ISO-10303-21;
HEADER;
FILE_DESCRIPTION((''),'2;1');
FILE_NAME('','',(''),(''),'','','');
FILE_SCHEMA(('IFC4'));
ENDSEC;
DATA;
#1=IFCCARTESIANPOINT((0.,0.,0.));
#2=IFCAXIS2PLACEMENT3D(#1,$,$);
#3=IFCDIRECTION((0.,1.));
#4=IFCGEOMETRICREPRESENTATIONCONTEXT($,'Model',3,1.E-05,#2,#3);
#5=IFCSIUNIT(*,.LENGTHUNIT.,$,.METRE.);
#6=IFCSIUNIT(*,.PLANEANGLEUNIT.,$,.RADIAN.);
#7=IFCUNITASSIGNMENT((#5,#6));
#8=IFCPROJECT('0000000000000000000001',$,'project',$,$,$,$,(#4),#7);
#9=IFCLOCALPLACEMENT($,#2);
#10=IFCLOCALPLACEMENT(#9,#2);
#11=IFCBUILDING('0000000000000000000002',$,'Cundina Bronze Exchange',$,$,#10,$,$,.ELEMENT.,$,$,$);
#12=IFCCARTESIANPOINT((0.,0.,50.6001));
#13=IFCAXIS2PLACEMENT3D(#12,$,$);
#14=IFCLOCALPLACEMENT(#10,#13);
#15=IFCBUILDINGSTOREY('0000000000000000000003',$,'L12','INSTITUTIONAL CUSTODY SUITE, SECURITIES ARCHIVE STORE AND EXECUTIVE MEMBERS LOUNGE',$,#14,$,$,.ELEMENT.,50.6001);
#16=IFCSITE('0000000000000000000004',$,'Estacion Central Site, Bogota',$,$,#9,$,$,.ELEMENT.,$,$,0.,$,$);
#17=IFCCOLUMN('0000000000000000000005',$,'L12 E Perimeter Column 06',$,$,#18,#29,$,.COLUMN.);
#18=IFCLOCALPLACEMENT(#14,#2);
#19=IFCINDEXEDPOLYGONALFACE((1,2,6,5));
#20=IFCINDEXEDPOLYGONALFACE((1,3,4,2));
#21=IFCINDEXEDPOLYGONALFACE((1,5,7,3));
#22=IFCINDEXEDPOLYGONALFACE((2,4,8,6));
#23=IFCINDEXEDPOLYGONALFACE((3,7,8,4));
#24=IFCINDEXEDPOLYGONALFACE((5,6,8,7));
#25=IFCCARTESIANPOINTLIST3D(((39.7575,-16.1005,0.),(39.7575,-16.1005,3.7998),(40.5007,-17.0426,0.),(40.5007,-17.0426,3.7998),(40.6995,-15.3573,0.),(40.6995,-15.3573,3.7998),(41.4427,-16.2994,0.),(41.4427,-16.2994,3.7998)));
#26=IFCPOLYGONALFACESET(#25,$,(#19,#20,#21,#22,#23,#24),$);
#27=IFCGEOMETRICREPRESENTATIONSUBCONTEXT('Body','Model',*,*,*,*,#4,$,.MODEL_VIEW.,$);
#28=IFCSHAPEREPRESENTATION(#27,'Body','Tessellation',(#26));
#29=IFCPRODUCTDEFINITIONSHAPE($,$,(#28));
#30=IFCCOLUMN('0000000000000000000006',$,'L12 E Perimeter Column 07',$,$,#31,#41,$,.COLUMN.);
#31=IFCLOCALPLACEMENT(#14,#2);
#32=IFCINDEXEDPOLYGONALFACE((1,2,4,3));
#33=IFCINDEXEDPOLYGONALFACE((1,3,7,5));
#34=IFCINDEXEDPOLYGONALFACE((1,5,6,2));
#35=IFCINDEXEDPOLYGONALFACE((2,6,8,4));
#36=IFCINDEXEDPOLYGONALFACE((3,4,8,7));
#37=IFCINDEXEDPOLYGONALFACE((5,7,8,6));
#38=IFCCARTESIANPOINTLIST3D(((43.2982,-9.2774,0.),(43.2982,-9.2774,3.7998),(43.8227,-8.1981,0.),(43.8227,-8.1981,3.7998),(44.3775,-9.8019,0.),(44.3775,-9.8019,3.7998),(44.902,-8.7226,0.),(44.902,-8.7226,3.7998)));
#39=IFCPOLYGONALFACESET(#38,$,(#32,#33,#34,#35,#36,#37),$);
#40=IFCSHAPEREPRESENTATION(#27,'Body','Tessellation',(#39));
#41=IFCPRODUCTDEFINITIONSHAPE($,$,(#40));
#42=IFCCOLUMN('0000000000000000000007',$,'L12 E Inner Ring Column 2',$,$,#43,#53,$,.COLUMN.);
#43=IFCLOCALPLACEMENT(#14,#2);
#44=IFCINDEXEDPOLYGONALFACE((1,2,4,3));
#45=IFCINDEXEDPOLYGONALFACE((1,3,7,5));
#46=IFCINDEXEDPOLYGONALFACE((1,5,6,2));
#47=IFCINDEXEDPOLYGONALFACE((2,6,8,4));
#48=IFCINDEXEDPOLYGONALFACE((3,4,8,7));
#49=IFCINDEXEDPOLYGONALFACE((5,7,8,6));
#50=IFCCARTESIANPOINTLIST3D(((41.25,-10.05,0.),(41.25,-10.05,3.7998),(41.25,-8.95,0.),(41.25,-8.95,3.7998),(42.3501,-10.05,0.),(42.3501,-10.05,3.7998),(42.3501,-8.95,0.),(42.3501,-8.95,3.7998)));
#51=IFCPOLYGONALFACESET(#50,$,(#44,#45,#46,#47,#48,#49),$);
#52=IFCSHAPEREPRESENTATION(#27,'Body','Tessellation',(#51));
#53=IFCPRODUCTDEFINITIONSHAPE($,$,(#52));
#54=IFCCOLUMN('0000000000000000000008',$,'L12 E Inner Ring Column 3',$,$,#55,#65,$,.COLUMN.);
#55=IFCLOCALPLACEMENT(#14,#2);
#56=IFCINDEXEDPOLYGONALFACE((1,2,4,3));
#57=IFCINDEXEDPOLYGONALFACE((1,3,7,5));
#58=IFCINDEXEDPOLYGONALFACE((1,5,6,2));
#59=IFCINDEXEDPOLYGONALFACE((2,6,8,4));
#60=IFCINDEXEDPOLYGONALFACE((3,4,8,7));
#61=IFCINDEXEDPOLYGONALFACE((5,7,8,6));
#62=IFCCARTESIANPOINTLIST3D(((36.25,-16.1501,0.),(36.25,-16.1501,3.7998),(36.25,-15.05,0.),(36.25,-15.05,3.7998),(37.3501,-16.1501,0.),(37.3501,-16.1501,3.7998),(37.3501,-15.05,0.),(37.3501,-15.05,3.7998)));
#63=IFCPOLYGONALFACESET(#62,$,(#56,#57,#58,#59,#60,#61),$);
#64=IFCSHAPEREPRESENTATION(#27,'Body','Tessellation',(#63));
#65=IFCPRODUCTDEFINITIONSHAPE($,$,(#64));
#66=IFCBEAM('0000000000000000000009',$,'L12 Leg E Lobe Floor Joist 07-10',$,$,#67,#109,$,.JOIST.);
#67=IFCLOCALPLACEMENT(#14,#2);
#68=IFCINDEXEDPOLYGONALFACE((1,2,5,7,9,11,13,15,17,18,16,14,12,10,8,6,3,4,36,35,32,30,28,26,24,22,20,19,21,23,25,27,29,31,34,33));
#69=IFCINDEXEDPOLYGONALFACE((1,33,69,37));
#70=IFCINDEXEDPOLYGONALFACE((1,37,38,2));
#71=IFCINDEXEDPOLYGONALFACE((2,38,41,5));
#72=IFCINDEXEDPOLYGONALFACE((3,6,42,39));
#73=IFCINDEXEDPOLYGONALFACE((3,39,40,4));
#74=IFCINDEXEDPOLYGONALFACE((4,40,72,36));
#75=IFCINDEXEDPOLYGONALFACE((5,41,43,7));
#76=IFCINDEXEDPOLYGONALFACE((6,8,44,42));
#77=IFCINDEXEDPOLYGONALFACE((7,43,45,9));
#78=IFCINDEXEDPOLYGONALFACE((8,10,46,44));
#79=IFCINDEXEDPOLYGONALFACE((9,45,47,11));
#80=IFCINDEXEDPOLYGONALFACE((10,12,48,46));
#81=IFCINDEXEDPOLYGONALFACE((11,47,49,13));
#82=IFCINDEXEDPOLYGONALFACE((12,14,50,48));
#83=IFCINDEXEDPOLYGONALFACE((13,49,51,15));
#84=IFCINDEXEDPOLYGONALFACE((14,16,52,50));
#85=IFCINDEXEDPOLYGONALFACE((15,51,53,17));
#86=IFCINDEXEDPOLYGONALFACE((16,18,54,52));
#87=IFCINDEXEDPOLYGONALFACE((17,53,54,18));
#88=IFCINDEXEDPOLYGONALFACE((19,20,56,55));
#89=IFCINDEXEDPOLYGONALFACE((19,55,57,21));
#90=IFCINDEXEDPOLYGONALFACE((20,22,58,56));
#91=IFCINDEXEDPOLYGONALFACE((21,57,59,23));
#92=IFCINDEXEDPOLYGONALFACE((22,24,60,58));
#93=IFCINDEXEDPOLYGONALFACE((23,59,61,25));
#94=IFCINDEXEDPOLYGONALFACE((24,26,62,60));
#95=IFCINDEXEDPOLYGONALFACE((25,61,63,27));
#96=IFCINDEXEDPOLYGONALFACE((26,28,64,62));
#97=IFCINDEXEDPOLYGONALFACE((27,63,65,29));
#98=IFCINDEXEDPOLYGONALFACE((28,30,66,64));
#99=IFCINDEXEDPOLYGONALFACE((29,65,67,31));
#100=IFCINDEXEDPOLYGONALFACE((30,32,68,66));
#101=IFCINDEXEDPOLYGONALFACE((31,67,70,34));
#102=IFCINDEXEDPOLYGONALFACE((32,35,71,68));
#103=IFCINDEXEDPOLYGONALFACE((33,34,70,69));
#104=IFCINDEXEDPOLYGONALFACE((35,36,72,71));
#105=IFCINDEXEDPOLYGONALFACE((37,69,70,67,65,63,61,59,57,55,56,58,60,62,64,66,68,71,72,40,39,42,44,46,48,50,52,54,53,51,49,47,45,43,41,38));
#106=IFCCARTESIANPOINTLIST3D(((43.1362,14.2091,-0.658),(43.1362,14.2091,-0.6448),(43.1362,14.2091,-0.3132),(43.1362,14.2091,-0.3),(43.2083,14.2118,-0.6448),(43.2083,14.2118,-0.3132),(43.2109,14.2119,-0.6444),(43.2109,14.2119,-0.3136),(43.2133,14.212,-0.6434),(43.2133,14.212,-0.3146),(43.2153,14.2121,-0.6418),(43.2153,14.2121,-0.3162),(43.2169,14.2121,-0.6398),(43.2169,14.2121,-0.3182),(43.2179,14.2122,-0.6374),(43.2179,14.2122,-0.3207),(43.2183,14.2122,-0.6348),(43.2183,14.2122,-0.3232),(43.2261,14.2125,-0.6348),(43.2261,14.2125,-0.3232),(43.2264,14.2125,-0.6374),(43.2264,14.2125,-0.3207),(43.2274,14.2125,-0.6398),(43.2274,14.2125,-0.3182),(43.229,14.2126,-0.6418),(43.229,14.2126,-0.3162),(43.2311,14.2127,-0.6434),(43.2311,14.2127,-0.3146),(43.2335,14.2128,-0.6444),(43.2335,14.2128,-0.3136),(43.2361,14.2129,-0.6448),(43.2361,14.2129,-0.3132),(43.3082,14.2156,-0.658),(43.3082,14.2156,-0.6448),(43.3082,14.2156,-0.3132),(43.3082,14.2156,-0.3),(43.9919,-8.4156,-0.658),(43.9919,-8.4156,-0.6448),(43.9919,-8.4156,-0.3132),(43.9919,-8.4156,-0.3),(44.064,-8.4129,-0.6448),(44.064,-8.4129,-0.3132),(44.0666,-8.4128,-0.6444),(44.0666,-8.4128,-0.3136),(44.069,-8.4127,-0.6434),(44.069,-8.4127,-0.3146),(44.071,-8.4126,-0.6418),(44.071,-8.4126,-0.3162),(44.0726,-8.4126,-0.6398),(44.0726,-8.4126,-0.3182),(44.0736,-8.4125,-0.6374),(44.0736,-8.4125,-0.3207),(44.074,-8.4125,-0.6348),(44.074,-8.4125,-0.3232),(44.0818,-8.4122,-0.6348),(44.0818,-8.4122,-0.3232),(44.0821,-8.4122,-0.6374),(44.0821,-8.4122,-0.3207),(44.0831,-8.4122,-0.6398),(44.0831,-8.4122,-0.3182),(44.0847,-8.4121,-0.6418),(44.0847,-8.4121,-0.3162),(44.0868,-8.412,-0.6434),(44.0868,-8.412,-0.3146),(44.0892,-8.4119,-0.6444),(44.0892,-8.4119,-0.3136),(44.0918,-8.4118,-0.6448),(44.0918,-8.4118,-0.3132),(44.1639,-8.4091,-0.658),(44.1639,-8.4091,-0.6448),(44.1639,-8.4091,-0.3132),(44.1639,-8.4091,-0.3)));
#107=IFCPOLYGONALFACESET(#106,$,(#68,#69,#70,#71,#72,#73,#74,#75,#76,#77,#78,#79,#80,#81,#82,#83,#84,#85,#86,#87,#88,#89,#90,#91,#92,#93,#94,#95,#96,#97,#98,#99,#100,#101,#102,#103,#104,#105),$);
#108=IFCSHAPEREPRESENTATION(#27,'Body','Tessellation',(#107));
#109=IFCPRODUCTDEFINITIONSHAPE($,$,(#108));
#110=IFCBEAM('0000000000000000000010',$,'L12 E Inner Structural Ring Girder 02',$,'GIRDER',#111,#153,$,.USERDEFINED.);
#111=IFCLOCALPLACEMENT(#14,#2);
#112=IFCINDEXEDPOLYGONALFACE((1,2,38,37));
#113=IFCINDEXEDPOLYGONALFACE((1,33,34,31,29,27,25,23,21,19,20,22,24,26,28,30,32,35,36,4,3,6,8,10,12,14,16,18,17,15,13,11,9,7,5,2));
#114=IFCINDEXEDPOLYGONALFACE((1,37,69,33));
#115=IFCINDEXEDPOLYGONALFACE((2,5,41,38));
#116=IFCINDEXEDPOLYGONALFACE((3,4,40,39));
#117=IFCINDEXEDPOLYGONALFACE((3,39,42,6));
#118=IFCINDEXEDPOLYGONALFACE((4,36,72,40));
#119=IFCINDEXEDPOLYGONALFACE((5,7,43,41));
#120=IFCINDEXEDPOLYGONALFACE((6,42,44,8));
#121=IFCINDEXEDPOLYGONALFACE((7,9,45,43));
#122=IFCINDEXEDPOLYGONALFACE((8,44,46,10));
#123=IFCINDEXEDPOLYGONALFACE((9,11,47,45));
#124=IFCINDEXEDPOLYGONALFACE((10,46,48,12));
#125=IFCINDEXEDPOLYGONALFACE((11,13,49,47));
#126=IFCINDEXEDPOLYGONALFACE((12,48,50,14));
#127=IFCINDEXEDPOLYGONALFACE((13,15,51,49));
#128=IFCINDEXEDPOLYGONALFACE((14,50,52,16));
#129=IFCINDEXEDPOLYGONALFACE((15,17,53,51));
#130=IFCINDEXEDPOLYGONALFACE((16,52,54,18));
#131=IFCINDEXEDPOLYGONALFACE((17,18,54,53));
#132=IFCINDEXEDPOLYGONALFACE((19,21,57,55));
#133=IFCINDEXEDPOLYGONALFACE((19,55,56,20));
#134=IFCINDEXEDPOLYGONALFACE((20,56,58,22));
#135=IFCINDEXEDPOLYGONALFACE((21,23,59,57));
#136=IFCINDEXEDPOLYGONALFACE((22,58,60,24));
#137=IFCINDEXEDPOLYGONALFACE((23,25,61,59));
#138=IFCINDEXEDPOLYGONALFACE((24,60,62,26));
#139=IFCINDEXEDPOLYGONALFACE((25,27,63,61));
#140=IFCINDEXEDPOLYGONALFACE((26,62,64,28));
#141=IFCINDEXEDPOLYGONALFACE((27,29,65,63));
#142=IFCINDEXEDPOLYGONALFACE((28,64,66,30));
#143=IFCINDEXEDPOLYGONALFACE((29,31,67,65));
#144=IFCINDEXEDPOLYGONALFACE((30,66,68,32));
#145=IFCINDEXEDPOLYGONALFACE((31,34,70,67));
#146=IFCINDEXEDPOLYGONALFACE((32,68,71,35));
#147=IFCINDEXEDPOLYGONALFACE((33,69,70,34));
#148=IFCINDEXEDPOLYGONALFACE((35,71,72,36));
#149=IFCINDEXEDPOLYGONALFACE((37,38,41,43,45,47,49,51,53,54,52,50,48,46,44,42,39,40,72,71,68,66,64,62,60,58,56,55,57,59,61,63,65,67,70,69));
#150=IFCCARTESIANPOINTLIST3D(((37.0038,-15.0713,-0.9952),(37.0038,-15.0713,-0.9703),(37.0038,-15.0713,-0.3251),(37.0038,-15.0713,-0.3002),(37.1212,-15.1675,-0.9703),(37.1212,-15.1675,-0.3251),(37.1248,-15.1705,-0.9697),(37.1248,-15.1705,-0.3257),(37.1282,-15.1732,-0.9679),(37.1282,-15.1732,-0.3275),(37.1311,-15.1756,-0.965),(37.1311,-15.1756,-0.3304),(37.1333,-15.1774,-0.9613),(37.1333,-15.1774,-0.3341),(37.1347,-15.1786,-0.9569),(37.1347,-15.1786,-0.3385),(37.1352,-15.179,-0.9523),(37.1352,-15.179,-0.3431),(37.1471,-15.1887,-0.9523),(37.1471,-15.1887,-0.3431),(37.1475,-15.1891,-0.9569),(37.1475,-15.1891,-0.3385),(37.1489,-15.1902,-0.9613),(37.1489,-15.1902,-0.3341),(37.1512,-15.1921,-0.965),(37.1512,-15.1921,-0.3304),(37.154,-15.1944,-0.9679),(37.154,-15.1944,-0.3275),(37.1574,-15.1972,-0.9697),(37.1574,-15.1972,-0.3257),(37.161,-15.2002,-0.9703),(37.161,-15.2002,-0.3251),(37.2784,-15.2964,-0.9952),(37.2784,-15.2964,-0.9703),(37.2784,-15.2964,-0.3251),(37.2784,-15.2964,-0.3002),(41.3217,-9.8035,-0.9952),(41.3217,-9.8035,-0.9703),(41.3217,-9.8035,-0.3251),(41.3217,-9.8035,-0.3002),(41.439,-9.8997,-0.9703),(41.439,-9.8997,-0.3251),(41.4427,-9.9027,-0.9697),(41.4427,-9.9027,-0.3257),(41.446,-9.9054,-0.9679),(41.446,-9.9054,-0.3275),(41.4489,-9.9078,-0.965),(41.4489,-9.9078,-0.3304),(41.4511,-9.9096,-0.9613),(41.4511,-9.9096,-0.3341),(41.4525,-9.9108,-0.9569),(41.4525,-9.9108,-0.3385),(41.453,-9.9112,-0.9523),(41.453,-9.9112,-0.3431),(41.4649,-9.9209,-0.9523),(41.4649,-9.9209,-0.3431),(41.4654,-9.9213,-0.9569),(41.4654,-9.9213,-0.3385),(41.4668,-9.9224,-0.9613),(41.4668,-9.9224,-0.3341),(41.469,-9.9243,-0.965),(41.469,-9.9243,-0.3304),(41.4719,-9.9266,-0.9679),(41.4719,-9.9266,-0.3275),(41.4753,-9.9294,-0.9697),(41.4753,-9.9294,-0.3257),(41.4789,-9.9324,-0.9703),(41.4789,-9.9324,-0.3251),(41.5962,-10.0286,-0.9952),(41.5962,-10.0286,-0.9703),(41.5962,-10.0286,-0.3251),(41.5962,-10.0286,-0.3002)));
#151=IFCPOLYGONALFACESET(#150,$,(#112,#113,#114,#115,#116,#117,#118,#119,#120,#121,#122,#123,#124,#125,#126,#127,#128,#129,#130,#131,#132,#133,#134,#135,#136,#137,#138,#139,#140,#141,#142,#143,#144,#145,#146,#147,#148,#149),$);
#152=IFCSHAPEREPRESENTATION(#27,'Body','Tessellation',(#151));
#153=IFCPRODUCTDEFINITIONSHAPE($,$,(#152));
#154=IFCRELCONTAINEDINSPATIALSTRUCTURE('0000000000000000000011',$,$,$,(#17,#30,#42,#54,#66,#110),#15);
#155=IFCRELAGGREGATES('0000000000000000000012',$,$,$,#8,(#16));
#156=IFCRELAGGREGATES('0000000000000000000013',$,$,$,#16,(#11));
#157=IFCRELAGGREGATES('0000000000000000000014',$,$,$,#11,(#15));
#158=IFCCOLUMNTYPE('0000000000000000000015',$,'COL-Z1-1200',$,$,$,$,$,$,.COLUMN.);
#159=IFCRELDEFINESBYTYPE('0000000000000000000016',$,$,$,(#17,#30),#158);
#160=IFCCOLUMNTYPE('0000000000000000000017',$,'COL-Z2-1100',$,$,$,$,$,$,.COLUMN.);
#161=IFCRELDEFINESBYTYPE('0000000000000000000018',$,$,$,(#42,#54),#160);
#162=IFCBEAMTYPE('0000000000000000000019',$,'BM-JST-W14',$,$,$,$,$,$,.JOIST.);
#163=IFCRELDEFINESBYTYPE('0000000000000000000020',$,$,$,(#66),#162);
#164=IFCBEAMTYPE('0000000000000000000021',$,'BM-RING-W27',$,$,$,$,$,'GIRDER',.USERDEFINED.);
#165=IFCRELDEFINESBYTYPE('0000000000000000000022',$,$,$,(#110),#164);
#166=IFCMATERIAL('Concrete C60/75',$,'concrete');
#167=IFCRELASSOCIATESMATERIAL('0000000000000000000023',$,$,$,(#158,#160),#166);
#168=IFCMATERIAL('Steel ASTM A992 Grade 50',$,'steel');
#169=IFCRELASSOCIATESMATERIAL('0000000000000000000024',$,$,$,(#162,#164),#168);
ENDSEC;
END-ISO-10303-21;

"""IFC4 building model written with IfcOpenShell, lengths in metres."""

from ifc_helpers import new_model, si_unit, direction, frame, origin, origin_2d, place, context, subcontext, project, spatial, rectangle, i_section, extrude, material, material_profile, profile_set, type_object, element, save


model = new_model("IFC4")

# Units and contexts
model_context = context("Model", 3, precision=1e-05, world=origin(), true_north=direction((0.0, 1.0)))
body_context = subcontext(model_context, "Body", "Model", "MODEL_VIEW")
ifc_project = project(units=[si_unit("LENGTHUNIT", "METRE"), si_unit("PLANEANGLEUNIT", "RADIAN")], contexts=[model_context])

# Site, building, storey
site_placement = place(None, origin())
site = spatial("IfcSite", under=ifc_project, at=site_placement, Name="Estacion Central Site, Bogota", CompositionType="ELEMENT", RefElevation=0.0)
building_placement = place(site_placement, origin())
building = spatial("IfcBuilding", under=site, at=building_placement, Name="Cundina Bronze Exchange", CompositionType="ELEMENT")
storey_placement = place(building_placement, frame((0.0, 0.0, 50.6001)))
storey = spatial("IfcBuildingStorey", under=building, at=storey_placement, Name="L12", Description="INSTITUTIONAL CUSTODY SUITE, SECURITIES ARCHIVE STORE AND EXECUTIVE MEMBERS LOUNGE", CompositionType="ELEMENT", Elevation=50.6001)

# Columns
ifc_material_1 = material(Name="Concrete C60/75", Category="concrete")
ifc_material_profile_1 = material_profile(ifc_material_1, rectangle(XDim=1.2, YDim=1.2, at=origin_2d()), Name="RC1200X1200", Category="concrete")
ifc_profile_set_1 = profile_set([ifc_material_profile_1], Name="Concrete C60/75")
column_type_1 = type_object("IfcColumnType", Name="COL-Z1-1200", PredefinedType="COLUMN", material=ifc_profile_set_1)
for number, where, z_axis, x_axis, name in (
    (1, (40.6001, -16.2, 0.0), (0.0, 0.0, 1.0), (0.785101, 0.619368, 0.0), "L12 E Perimeter Column 06"),
    (2, (44.1001, -9.0, 0.0), (0.0, 0.0, 1.0), (0.437116, 0.899405, 0.0), "L12 E Perimeter Column 07"),
):
    element("IfcColumn", number, at=place(storey_placement, frame(where, z_axis=z_axis, x_axis=x_axis)), inside=storey, type_object=column_type_1, Name=name, PredefinedType="COLUMN", context=body_context, shape_type="SweptSolid", body=[
        extrude(rectangle(XDim=1.2, YDim=1.2, at=origin_2d()), origin(), (0.0, 0.0, 1.0), 3.7998),
    ])
ifc_material_profile_2 = material_profile(ifc_material_1, rectangle(XDim=1.1001, YDim=1.1001, at=origin_2d()), Name="RC1100X1100", Category="concrete")
ifc_profile_set_2 = profile_set([ifc_material_profile_2], Name="Concrete C60/75")
column_type_2 = type_object("IfcColumnType", Name="COL-Z2-1100", PredefinedType="COLUMN", material=ifc_profile_set_2)
for number, where, z_axis, x_axis, name in (
    (3, (41.8, -9.5, 0.0), (0.0, 0.0, 1.0), (1.0, 0.0, 0.0), "L12 E Inner Ring Column 2"),
    (4, (36.8, -15.6001, 0.0), (0.0, 0.0, 1.0), (1.0, 0.0, 0.0), "L12 E Inner Ring Column 3"),
):
    element("IfcColumn", number, at=place(storey_placement, frame(where, z_axis=z_axis, x_axis=x_axis)), inside=storey, type_object=column_type_2, Name=name, PredefinedType="COLUMN", context=body_context, shape_type="SweptSolid", body=[
        extrude(rectangle(XDim=1.1001, YDim=1.1001, at=origin_2d()), origin(), (0.0, 0.0, 1.0), 3.7998),
    ])

# Beams
ifc_material_2 = material(Name="Steel ASTM A992 Grade 50", Category="steel")
ifc_material_profile_3 = material_profile(ifc_material_2, i_section(OverallWidth=0.1721, OverallDepth=0.3579, WebThickness=0.0078, FlangeThickness=0.0132, FilletRadius=0.01, at=origin_2d()), Name="W14X38", Category="steel")
ifc_profile_set_3 = profile_set([ifc_material_profile_3], Name="Steel ASTM A992 Grade 50")
beam_type_1 = type_object("IfcBeamType", Name="BM-JST-W14", PredefinedType="JOIST", material=ifc_profile_set_3)
beam_1_placement = place(storey_placement, frame((44.0779, -8.4124, -0.479), z_axis=(-0.037795, 0.999286, 0.0), x_axis=(-0.999286, -0.037795, 0.0)))
element("IfcBeam", 5, at=beam_1_placement, inside=storey, type_object=beam_type_1, Name="L12 Leg E Lobe Floor Joist 07-10", PredefinedType="JOIST", context=body_context, shape_type="SweptSolid", body=[
    extrude(i_section(OverallWidth=0.1721, OverallDepth=0.3579, WebThickness=0.0078, FlangeThickness=0.0132, FilletRadius=0.01, at=origin_2d()), origin(), (0.0, 0.0, 1.0), 22.6409),
])
ifc_material_profile_4 = material_profile(ifc_material_2, i_section(OverallWidth=0.355, OverallDepth=0.6951, WebThickness=0.0154, FlangeThickness=0.0249, FilletRadius=0.0181, at=origin_2d()), Name="W27X146", Category="steel")
ifc_profile_set_4 = profile_set([ifc_material_profile_4], Name="Steel ASTM A992 Grade 50")
beam_type_2 = type_object("IfcBeamType", Name="BM-RING-W27", ElementType="GIRDER", PredefinedType="USERDEFINED", material=ifc_profile_set_4)
beam_2_placement = place(storey_placement, frame((37.1411, -15.1838, -0.6477), z_axis=(0.633927, 0.773393, 0.0), x_axis=(-0.773393, 0.633927, 0.0)))
element("IfcBeam", 6, at=beam_2_placement, inside=storey, type_object=beam_type_2, Name="L12 E Inner Structural Ring Girder 02", ObjectType="GIRDER", PredefinedType="USERDEFINED", context=body_context, shape_type="SweptSolid", body=[
    extrude(i_section(OverallWidth=0.355, OverallDepth=0.6951, WebThickness=0.0154, FlangeThickness=0.0249, FilletRadius=0.0181, at=origin_2d()), origin(), (0.0, 0.0, 1.0), 6.8113),
])

save(model, "model.ifc")
